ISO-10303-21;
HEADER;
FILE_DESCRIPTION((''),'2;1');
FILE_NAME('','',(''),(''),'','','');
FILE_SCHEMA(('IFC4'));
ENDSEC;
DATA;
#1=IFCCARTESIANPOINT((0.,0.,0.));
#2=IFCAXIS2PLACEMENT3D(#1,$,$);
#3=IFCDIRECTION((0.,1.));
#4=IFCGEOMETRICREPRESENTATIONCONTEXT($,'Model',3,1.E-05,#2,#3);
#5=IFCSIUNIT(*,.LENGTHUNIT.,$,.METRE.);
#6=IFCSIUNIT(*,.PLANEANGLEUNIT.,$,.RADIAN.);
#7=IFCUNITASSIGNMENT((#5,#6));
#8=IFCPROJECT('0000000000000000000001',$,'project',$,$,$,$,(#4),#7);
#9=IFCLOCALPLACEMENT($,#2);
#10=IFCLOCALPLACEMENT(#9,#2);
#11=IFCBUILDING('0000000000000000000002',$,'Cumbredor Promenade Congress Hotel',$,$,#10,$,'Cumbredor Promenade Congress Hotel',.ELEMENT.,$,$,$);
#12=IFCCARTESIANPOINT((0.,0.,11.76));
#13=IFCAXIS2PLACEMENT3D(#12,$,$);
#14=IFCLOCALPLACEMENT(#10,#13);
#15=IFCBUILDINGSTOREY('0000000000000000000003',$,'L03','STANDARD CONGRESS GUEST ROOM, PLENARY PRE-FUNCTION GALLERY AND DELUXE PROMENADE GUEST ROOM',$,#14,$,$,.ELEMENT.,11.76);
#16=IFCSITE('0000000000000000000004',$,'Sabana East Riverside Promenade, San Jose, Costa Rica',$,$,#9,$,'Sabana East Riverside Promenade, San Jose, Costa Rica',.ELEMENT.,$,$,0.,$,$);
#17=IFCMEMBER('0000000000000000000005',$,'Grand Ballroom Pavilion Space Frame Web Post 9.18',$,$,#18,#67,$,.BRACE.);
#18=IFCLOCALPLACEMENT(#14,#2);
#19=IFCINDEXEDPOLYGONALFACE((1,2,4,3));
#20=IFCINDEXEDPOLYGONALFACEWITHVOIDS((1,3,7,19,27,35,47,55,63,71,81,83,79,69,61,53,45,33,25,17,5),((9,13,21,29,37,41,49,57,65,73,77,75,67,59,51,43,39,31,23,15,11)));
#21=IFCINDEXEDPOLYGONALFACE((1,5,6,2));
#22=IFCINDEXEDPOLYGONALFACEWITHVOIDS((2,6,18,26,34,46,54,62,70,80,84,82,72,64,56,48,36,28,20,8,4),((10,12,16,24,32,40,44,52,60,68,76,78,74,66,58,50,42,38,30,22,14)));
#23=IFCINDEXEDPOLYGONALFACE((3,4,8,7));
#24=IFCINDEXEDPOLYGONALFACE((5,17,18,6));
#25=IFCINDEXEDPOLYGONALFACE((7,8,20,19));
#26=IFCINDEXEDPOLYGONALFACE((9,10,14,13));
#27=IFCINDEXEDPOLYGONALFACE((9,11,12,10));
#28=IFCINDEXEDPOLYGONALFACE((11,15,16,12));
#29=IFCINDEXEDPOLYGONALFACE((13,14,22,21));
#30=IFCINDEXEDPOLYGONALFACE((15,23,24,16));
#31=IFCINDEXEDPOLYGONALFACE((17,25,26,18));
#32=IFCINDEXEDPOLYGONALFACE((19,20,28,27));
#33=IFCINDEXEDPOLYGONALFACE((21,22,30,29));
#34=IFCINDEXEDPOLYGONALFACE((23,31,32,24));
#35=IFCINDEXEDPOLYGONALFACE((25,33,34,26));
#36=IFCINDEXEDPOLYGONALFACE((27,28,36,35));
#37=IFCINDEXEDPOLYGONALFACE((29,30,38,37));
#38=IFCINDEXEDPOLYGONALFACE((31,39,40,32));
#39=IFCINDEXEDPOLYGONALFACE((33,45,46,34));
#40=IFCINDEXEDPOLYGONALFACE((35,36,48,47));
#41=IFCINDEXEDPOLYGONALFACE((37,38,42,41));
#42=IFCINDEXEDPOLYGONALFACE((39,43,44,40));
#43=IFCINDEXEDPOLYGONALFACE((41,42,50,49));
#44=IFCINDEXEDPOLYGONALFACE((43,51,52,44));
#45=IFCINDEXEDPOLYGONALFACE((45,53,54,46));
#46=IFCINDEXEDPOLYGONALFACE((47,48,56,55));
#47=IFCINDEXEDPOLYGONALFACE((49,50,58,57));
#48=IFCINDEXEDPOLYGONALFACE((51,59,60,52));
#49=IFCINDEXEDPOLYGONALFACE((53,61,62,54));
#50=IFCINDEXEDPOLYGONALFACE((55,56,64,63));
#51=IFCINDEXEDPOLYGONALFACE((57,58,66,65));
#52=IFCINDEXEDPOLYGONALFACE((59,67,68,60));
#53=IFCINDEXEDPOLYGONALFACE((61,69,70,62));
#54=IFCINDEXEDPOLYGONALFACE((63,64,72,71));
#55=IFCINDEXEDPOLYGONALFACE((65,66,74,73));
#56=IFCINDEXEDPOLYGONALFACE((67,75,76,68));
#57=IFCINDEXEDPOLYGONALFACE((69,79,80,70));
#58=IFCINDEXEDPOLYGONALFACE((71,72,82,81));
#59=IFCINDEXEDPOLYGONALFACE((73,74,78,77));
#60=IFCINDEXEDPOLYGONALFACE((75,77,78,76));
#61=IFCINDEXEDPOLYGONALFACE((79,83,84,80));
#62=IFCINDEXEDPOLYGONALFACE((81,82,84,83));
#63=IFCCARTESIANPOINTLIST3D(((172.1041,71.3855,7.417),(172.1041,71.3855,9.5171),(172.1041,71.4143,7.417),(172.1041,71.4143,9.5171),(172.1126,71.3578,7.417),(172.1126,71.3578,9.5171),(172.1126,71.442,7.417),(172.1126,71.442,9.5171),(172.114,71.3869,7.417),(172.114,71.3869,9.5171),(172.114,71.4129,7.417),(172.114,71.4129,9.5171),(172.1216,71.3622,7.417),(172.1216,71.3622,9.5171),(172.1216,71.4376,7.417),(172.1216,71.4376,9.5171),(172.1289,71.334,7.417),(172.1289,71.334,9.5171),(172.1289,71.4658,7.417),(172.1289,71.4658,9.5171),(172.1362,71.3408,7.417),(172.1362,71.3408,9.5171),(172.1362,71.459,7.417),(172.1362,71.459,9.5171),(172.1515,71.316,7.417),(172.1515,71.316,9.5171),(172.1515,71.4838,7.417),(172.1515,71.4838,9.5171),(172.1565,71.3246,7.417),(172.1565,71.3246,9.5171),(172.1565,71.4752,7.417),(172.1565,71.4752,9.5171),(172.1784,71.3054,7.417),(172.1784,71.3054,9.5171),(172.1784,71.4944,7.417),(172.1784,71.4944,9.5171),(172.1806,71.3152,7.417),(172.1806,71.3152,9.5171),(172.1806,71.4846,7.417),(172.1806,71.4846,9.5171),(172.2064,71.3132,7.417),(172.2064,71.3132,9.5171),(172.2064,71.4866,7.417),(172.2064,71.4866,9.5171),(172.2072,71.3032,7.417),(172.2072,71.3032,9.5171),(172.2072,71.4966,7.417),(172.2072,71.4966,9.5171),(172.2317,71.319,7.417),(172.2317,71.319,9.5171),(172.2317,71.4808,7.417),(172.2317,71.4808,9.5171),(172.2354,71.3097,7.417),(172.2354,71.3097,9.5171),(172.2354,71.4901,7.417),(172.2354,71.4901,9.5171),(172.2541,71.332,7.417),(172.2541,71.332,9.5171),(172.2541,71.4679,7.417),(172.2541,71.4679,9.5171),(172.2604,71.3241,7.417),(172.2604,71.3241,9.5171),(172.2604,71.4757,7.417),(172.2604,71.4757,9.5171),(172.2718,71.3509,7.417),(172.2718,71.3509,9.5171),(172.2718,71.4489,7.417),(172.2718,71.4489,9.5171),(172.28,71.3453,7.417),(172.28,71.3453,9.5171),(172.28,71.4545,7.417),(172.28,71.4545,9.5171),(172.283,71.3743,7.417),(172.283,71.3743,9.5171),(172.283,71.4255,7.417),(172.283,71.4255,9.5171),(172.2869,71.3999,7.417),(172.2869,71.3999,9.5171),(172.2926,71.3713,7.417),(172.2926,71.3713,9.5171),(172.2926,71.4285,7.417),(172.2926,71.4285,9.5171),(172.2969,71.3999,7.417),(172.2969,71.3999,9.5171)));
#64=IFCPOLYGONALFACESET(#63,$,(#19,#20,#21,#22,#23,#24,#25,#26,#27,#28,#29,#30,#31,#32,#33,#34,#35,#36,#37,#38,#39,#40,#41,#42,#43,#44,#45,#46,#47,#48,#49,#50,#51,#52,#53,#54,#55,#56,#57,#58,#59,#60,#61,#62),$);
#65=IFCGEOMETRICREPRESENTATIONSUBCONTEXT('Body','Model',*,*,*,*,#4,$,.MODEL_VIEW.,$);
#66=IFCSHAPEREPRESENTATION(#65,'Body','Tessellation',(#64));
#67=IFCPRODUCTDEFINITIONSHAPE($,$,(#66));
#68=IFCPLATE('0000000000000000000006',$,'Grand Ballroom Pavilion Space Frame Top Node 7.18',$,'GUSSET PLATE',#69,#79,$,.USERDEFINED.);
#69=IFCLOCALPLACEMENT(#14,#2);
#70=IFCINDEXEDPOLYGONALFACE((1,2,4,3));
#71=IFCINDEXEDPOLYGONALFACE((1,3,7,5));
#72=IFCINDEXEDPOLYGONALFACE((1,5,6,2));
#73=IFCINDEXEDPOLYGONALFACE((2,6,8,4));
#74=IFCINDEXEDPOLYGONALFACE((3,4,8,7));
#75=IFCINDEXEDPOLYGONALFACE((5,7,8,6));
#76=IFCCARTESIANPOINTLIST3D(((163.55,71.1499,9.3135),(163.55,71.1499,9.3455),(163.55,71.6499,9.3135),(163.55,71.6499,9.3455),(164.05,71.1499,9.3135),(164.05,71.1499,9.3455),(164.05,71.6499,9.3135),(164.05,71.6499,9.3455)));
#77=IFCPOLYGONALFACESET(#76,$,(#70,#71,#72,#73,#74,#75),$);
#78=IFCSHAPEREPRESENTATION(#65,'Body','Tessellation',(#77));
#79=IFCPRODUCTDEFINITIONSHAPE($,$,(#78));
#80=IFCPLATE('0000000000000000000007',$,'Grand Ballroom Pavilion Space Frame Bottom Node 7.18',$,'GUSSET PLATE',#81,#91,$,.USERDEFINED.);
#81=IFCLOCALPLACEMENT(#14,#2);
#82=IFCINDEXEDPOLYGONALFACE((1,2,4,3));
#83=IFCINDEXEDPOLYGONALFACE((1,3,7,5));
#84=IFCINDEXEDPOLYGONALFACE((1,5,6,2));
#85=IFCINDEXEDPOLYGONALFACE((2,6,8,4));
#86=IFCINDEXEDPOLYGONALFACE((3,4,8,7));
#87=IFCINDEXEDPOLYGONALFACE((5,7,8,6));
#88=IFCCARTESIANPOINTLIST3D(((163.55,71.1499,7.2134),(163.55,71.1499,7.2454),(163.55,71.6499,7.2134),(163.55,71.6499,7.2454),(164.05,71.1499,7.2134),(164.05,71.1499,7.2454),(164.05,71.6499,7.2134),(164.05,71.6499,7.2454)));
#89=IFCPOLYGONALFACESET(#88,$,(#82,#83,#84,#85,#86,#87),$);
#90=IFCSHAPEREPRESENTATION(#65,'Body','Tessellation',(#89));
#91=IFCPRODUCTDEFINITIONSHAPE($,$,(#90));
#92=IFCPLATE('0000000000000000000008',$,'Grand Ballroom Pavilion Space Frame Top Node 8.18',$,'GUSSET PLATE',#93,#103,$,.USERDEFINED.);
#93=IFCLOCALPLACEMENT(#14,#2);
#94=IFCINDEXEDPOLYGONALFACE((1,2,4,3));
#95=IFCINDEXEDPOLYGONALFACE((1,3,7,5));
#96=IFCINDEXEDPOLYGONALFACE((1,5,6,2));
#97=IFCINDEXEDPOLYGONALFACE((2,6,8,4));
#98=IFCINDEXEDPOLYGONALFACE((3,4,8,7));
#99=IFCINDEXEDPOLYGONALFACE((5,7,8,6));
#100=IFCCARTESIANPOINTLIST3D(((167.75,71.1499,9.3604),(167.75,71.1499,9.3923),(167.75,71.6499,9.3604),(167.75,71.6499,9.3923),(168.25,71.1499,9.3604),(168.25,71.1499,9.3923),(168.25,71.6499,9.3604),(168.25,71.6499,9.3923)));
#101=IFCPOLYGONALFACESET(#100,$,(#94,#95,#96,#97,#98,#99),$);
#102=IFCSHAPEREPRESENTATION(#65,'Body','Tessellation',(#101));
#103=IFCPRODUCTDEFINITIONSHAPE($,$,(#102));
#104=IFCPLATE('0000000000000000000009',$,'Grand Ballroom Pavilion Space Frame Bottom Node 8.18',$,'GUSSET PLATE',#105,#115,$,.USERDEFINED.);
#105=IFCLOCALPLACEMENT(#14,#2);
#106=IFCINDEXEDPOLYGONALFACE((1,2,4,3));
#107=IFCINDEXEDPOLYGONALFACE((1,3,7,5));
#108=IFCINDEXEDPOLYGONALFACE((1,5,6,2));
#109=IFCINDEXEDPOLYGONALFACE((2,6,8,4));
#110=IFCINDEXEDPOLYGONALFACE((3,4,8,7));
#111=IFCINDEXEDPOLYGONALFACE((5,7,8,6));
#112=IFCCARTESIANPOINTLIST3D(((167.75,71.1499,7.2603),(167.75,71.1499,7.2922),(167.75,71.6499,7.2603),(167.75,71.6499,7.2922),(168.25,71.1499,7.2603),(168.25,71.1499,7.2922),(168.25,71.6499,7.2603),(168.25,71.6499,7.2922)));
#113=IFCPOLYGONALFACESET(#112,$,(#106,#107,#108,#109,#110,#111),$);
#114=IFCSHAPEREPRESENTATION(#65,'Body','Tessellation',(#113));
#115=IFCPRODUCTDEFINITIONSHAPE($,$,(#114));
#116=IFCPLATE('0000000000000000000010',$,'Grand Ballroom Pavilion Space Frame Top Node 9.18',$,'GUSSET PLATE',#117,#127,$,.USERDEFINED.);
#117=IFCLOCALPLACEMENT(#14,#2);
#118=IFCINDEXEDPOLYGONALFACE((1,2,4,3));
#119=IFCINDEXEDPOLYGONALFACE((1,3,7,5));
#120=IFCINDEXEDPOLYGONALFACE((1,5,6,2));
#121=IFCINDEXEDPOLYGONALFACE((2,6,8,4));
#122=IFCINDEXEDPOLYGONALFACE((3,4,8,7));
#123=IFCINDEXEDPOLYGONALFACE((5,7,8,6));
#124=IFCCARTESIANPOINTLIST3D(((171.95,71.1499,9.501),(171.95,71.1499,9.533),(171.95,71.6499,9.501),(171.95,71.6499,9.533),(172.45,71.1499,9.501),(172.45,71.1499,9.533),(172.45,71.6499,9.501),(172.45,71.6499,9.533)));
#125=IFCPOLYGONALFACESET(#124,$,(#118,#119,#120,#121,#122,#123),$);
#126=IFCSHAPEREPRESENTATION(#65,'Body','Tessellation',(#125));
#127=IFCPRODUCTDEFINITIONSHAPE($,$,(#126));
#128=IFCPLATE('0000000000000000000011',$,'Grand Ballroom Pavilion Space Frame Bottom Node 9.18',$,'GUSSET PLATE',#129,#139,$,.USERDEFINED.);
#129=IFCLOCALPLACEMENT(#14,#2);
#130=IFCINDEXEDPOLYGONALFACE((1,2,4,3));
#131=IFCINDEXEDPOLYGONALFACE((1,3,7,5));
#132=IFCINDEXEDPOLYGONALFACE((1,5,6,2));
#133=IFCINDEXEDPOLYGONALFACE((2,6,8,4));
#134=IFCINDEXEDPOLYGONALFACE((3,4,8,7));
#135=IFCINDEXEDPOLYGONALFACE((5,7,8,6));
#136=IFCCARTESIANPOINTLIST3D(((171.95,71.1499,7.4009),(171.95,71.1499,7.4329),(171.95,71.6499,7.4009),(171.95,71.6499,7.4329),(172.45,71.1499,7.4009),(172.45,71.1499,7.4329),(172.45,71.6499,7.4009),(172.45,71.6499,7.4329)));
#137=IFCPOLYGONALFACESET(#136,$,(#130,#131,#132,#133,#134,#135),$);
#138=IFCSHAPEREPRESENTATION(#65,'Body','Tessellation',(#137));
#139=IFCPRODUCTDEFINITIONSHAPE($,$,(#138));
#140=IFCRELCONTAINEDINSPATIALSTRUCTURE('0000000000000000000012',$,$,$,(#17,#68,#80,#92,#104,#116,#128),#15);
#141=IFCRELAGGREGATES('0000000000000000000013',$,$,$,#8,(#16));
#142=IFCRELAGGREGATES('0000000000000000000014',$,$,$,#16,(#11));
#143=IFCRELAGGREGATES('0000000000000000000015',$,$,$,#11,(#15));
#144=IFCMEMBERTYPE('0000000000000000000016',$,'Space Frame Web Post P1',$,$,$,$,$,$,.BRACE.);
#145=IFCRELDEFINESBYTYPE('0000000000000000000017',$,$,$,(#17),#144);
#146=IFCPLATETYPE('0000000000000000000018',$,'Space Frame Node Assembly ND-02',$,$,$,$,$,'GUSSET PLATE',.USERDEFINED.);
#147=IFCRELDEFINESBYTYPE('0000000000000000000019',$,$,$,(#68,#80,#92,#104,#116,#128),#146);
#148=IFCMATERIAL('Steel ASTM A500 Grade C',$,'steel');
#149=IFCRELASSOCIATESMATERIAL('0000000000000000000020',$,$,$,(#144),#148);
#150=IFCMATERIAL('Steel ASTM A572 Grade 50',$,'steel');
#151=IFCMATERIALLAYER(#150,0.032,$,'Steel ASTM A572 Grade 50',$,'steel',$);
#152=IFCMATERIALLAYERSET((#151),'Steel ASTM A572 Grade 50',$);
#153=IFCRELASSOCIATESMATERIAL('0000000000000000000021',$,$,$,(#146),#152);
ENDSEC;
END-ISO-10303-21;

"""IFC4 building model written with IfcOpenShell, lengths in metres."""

from ifc_helpers import new_model, si_unit, direction, frame, origin, origin_2d, place, context, subcontext, project, spatial, rectangle, hollow_circle, extrude, material, layer, layer_set, material_profile, profile_set, type_object, element, save


model = new_model("IFC4")

# Units and contexts
model_context = context("Model", 3, precision=1e-05, world=origin(), true_north=direction((0.0, 1.0)))
body_context = subcontext(model_context, "Body", "Model", "MODEL_VIEW")
ifc_project = project(units=[si_unit("LENGTHUNIT", "METRE"), si_unit("PLANEANGLEUNIT", "RADIAN")], contexts=[model_context])

# Site, building, storey
site_placement = place(None, origin())
site = spatial("IfcSite", under=ifc_project, at=site_placement, Name="Sabana East Riverside Promenade, San Jose, Costa Rica", LongName="Sabana East Riverside Promenade, San Jose, Costa Rica", CompositionType="ELEMENT", RefElevation=0.0)
building_placement = place(site_placement, origin())
building = spatial("IfcBuilding", under=site, at=building_placement, Name="Cumbredor Promenade Congress Hotel", LongName="Cumbredor Promenade Congress Hotel", CompositionType="ELEMENT")
storey_placement = place(building_placement, frame((0.0, 0.0, 11.76)))
storey = spatial("IfcBuildingStorey", under=building, at=storey_placement, Name="L03", Description="STANDARD CONGRESS GUEST ROOM, PLENARY PRE-FUNCTION GALLERY AND DELUXE PROMENADE GUEST ROOM", CompositionType="ELEMENT", Elevation=11.76)

# Member
ifc_material_1 = material(Name="Steel ASTM A500 Grade C", Category="steel")
ifc_material_profile_1 = material_profile(ifc_material_1, hollow_circle(Radius=0.0969, WallThickness=0.01, at=origin_2d()), Name="CHS 193.7x10")
ifc_profile_set_1 = profile_set([ifc_material_profile_1], Name="Steel ASTM A500 Grade C")
member_type_1 = type_object("IfcMemberType", Name="Space Frame Web Post P1", PredefinedType="BRACE", material=ifc_profile_set_1)
for number, where, z_axis, x_axis, name in (
    (1, (172.2, 71.3999, 7.417), (0.0, 0.0, 1.0), (1.0, 0.0, 0.0), "Grand Ballroom Pavilion Space Frame Web Post 9.18"),
):
    element("IfcMember", number, at=place(storey_placement, frame(where, z_axis=z_axis, x_axis=x_axis)), inside=storey, type_object=member_type_1, Name=name, PredefinedType="BRACE", context=body_context, shape_type="SweptSolid", body=[
        extrude(hollow_circle(Radius=0.0969, WallThickness=0.01, at=origin_2d()), origin(), (0.0, 0.0, 1.0), 2.1001),
    ])

# Plates
ifc_material_2 = material(Name="Steel ASTM A572 Grade 50", Category="steel")
ifc_layer = layer(ifc_material_2, 0.032, Name="Steel ASTM A572 Grade 50", Category="steel")
ifc_layer_set = layer_set([ifc_layer], Name="Steel ASTM A572 Grade 50")
plate_type = type_object("IfcPlateType", Name="Space Frame Node Assembly ND-02", ElementType="GUSSET PLATE", PredefinedType="USERDEFINED", material=ifc_layer_set)
for number, where, z_axis, x_axis, name in (
    (2, (163.8, 71.3999, 9.3135), (0.0, 0.0, 1.0), (1.0, 0.0, 0.0), "Grand Ballroom Pavilion Space Frame Top Node 7.18"),
    (3, (163.8, 71.3999, 7.2134), (0.0, 0.0, 1.0), (1.0, 0.0, 0.0), "Grand Ballroom Pavilion Space Frame Bottom Node 7.18"),
    (4, (168.0, 71.3999, 9.3604), (0.0, 0.0, 1.0), (1.0, 0.0, 0.0), "Grand Ballroom Pavilion Space Frame Top Node 8.18"),
    (5, (168.0, 71.3999, 7.2603), (0.0, 0.0, 1.0), (1.0, 0.0, 0.0), "Grand Ballroom Pavilion Space Frame Bottom Node 8.18"),
    (6, (172.2, 71.3999, 9.501), (0.0, 0.0, 1.0), (1.0, 0.0, 0.0), "Grand Ballroom Pavilion Space Frame Top Node 9.18"),
    (7, (172.2, 71.3999, 7.4009), (0.0, 0.0, 1.0), (1.0, 0.0, 0.0), "Grand Ballroom Pavilion Space Frame Bottom Node 9.18"),
):
    element("IfcPlate", number, at=place(storey_placement, frame(where, z_axis=z_axis, x_axis=x_axis)), inside=storey, type_object=plate_type, Name=name, ObjectType="GUSSET PLATE", PredefinedType="USERDEFINED", context=body_context, shape_type="SweptSolid", body=[
        extrude(rectangle(XDim=0.5, YDim=0.5, at=origin_2d()), origin(), (0.0, 0.0, 1.0), 0.032),
    ])

save(model, "model.ifc")
